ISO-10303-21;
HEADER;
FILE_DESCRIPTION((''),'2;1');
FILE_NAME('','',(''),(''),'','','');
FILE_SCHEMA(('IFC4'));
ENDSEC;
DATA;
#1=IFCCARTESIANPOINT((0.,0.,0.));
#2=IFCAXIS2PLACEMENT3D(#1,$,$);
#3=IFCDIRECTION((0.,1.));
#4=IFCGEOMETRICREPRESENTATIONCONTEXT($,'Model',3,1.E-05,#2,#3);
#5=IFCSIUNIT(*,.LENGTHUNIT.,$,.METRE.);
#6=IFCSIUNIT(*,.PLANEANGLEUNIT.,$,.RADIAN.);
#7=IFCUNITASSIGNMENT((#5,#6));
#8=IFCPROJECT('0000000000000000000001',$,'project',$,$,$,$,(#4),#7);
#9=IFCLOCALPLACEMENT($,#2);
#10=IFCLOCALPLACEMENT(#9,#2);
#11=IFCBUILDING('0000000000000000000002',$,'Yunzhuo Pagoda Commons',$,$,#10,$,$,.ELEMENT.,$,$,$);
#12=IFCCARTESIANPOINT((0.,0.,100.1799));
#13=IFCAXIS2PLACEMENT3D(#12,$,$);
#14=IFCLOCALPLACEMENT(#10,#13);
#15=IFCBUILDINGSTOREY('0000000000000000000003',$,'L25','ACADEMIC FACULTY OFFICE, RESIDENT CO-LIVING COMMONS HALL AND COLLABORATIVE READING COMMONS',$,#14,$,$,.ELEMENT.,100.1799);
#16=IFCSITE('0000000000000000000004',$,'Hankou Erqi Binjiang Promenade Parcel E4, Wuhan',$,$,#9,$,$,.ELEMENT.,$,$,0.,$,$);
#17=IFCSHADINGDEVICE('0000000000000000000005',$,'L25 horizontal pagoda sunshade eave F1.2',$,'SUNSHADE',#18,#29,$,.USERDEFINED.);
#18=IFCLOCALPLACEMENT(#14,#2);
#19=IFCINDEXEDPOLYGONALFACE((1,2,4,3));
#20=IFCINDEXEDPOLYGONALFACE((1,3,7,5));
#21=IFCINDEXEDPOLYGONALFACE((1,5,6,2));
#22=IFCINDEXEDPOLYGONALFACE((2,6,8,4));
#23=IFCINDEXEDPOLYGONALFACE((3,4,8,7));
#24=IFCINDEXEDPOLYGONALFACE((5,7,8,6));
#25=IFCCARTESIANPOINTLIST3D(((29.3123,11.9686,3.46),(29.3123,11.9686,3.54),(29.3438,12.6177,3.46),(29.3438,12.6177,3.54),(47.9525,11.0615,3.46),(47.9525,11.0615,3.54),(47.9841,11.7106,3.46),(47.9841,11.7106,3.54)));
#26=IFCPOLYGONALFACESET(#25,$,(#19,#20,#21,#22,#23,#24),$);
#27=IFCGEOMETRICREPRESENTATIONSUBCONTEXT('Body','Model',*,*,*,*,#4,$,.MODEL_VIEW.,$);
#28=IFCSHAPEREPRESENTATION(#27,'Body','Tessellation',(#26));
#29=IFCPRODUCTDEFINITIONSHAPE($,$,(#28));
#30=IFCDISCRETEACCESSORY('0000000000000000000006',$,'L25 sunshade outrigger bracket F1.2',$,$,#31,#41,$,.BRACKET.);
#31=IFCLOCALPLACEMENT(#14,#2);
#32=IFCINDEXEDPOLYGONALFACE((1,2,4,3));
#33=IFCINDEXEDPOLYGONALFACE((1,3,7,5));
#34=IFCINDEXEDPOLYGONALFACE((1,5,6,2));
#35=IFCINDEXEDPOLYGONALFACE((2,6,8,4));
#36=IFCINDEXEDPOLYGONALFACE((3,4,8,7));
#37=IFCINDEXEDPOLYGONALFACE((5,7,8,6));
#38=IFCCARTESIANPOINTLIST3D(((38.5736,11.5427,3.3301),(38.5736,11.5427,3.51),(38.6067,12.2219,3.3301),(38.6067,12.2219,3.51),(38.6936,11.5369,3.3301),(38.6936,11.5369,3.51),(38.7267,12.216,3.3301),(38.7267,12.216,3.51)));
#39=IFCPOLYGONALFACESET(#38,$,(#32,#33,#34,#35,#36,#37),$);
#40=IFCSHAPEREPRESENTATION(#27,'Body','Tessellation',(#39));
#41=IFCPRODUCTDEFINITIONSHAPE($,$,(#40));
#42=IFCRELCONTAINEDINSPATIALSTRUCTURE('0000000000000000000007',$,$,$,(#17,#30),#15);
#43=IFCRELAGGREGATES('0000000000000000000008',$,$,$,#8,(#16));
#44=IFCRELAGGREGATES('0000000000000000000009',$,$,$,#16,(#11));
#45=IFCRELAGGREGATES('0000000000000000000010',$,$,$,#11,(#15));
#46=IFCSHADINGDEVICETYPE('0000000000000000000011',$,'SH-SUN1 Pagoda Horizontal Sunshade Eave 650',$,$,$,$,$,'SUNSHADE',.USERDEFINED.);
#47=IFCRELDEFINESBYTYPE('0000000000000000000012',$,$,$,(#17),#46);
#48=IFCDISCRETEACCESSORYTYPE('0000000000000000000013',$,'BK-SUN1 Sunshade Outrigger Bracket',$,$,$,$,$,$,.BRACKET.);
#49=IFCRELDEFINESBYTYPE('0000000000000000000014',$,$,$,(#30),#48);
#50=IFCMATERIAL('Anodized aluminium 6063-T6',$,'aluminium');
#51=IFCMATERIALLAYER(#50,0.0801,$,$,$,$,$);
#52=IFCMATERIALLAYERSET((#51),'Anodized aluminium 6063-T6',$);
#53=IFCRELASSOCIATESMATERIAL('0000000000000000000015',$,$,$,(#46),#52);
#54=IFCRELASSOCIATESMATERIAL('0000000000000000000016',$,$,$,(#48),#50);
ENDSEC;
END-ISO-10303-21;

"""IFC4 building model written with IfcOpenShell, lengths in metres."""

from ifc_helpers import new_model, si_unit, direction, frame, origin, origin_2d, place, context, subcontext, project, spatial, rectangle, extrude, source, transform, mapped, material, layer, layer_set, type_object, element, save


model = new_model("IFC4")

# Units and contexts
model_context = context("Model", 3, precision=1e-05, world=origin(), true_north=direction((0.0, 1.0)))
body_context = subcontext(model_context, "Body", "Model", "MODEL_VIEW")
ifc_project = project(units=[si_unit("LENGTHUNIT", "METRE"), si_unit("PLANEANGLEUNIT", "RADIAN")], contexts=[model_context])

# Site, building, storey
site_placement = place(None, origin())
site = spatial("IfcSite", under=ifc_project, at=site_placement, Name="Hankou Erqi Binjiang Promenade Parcel E4, Wuhan", CompositionType="ELEMENT", RefElevation=0.0)
building_placement = place(site_placement, origin())
building = spatial("IfcBuilding", under=site, at=building_placement, Name="Yunzhuo Pagoda Commons", CompositionType="ELEMENT")
storey_placement = place(building_placement, frame((0.0, 0.0, 100.1799)))
storey = spatial("IfcBuildingStorey", under=building, at=storey_placement, Name="L25", Description="ACADEMIC FACULTY OFFICE, RESIDENT CO-LIVING COMMONS HALL AND COLLABORATIVE READING COMMONS", CompositionType="ELEMENT", Elevation=100.1799)

# Shared definitions
ifc_material_1 = material(Name="Anodized aluminium 6063-T6", Category="aluminium")

# Shading device
ifc_layer_1 = layer(ifc_material_1, 0.0801)
ifc_layer_set_1 = layer_set([ifc_layer_1], Name="Anodized aluminium 6063-T6")
shading_device_type = type_object("IfcShadingDeviceType", Name="SH-SUN1 Pagoda Horizontal Sunshade Eave 650", ElementType="SUNSHADE", PredefinedType="USERDEFINED", material=ifc_layer_set_1)
shared_shape_1 = source(origin(), body_context, "Body", "SweptSolid", [
    extrude(rectangle(XDim=18.6624, YDim=0.6499, at=origin_2d()), origin(), (0.0, 0.0, 1.0), 0.0801),
])
shading_device_placement = place(storey_placement, frame((38.6482, 11.8396, 3.46), z_axis=(0.0, 0.0, 1.0), x_axis=(0.998818, -0.048606, 0.0)))
element("IfcShadingDevice", 1, at=shading_device_placement, inside=storey, type_object=shading_device_type, Name="L25 horizontal pagoda sunshade eave F1.2", ObjectType="SUNSHADE", PredefinedType="USERDEFINED", context=body_context, shape_type="MappedRepresentation", body=[
    mapped(shared_shape_1, transform((0.0, 0.0, 0.0), scale=1.0)),
])

# Discrete accessory
discrete_accessory_type = type_object("IfcDiscreteAccessoryType", Name="BK-SUN1 Sunshade Outrigger Bracket", PredefinedType="BRACKET", material=ifc_material_1)
shared_shape_2 = source(origin(), body_context, "Body", "SweptSolid", [
    extrude(rectangle(XDim=0.1201, YDim=0.6799, at=origin_2d()), origin(), (0.0, 0.0, 1.0), 0.1799),
])
discrete_accessory_placement = place(storey_placement, frame((38.6501, 11.8794, 3.3301), z_axis=(0.0, 0.0, 1.0), x_axis=(0.998818, -0.048606, 0.0)))
element("IfcDiscreteAccessory", 2, at=discrete_accessory_placement, inside=storey, type_object=discrete_accessory_type, Name="L25 sunshade outrigger bracket F1.2", PredefinedType="BRACKET", context=body_context, shape_type="MappedRepresentation", body=[
    mapped(shared_shape_2, transform((0.0, 0.0, 0.0), scale=1.0)),
])

save(model, "model.ifc")
